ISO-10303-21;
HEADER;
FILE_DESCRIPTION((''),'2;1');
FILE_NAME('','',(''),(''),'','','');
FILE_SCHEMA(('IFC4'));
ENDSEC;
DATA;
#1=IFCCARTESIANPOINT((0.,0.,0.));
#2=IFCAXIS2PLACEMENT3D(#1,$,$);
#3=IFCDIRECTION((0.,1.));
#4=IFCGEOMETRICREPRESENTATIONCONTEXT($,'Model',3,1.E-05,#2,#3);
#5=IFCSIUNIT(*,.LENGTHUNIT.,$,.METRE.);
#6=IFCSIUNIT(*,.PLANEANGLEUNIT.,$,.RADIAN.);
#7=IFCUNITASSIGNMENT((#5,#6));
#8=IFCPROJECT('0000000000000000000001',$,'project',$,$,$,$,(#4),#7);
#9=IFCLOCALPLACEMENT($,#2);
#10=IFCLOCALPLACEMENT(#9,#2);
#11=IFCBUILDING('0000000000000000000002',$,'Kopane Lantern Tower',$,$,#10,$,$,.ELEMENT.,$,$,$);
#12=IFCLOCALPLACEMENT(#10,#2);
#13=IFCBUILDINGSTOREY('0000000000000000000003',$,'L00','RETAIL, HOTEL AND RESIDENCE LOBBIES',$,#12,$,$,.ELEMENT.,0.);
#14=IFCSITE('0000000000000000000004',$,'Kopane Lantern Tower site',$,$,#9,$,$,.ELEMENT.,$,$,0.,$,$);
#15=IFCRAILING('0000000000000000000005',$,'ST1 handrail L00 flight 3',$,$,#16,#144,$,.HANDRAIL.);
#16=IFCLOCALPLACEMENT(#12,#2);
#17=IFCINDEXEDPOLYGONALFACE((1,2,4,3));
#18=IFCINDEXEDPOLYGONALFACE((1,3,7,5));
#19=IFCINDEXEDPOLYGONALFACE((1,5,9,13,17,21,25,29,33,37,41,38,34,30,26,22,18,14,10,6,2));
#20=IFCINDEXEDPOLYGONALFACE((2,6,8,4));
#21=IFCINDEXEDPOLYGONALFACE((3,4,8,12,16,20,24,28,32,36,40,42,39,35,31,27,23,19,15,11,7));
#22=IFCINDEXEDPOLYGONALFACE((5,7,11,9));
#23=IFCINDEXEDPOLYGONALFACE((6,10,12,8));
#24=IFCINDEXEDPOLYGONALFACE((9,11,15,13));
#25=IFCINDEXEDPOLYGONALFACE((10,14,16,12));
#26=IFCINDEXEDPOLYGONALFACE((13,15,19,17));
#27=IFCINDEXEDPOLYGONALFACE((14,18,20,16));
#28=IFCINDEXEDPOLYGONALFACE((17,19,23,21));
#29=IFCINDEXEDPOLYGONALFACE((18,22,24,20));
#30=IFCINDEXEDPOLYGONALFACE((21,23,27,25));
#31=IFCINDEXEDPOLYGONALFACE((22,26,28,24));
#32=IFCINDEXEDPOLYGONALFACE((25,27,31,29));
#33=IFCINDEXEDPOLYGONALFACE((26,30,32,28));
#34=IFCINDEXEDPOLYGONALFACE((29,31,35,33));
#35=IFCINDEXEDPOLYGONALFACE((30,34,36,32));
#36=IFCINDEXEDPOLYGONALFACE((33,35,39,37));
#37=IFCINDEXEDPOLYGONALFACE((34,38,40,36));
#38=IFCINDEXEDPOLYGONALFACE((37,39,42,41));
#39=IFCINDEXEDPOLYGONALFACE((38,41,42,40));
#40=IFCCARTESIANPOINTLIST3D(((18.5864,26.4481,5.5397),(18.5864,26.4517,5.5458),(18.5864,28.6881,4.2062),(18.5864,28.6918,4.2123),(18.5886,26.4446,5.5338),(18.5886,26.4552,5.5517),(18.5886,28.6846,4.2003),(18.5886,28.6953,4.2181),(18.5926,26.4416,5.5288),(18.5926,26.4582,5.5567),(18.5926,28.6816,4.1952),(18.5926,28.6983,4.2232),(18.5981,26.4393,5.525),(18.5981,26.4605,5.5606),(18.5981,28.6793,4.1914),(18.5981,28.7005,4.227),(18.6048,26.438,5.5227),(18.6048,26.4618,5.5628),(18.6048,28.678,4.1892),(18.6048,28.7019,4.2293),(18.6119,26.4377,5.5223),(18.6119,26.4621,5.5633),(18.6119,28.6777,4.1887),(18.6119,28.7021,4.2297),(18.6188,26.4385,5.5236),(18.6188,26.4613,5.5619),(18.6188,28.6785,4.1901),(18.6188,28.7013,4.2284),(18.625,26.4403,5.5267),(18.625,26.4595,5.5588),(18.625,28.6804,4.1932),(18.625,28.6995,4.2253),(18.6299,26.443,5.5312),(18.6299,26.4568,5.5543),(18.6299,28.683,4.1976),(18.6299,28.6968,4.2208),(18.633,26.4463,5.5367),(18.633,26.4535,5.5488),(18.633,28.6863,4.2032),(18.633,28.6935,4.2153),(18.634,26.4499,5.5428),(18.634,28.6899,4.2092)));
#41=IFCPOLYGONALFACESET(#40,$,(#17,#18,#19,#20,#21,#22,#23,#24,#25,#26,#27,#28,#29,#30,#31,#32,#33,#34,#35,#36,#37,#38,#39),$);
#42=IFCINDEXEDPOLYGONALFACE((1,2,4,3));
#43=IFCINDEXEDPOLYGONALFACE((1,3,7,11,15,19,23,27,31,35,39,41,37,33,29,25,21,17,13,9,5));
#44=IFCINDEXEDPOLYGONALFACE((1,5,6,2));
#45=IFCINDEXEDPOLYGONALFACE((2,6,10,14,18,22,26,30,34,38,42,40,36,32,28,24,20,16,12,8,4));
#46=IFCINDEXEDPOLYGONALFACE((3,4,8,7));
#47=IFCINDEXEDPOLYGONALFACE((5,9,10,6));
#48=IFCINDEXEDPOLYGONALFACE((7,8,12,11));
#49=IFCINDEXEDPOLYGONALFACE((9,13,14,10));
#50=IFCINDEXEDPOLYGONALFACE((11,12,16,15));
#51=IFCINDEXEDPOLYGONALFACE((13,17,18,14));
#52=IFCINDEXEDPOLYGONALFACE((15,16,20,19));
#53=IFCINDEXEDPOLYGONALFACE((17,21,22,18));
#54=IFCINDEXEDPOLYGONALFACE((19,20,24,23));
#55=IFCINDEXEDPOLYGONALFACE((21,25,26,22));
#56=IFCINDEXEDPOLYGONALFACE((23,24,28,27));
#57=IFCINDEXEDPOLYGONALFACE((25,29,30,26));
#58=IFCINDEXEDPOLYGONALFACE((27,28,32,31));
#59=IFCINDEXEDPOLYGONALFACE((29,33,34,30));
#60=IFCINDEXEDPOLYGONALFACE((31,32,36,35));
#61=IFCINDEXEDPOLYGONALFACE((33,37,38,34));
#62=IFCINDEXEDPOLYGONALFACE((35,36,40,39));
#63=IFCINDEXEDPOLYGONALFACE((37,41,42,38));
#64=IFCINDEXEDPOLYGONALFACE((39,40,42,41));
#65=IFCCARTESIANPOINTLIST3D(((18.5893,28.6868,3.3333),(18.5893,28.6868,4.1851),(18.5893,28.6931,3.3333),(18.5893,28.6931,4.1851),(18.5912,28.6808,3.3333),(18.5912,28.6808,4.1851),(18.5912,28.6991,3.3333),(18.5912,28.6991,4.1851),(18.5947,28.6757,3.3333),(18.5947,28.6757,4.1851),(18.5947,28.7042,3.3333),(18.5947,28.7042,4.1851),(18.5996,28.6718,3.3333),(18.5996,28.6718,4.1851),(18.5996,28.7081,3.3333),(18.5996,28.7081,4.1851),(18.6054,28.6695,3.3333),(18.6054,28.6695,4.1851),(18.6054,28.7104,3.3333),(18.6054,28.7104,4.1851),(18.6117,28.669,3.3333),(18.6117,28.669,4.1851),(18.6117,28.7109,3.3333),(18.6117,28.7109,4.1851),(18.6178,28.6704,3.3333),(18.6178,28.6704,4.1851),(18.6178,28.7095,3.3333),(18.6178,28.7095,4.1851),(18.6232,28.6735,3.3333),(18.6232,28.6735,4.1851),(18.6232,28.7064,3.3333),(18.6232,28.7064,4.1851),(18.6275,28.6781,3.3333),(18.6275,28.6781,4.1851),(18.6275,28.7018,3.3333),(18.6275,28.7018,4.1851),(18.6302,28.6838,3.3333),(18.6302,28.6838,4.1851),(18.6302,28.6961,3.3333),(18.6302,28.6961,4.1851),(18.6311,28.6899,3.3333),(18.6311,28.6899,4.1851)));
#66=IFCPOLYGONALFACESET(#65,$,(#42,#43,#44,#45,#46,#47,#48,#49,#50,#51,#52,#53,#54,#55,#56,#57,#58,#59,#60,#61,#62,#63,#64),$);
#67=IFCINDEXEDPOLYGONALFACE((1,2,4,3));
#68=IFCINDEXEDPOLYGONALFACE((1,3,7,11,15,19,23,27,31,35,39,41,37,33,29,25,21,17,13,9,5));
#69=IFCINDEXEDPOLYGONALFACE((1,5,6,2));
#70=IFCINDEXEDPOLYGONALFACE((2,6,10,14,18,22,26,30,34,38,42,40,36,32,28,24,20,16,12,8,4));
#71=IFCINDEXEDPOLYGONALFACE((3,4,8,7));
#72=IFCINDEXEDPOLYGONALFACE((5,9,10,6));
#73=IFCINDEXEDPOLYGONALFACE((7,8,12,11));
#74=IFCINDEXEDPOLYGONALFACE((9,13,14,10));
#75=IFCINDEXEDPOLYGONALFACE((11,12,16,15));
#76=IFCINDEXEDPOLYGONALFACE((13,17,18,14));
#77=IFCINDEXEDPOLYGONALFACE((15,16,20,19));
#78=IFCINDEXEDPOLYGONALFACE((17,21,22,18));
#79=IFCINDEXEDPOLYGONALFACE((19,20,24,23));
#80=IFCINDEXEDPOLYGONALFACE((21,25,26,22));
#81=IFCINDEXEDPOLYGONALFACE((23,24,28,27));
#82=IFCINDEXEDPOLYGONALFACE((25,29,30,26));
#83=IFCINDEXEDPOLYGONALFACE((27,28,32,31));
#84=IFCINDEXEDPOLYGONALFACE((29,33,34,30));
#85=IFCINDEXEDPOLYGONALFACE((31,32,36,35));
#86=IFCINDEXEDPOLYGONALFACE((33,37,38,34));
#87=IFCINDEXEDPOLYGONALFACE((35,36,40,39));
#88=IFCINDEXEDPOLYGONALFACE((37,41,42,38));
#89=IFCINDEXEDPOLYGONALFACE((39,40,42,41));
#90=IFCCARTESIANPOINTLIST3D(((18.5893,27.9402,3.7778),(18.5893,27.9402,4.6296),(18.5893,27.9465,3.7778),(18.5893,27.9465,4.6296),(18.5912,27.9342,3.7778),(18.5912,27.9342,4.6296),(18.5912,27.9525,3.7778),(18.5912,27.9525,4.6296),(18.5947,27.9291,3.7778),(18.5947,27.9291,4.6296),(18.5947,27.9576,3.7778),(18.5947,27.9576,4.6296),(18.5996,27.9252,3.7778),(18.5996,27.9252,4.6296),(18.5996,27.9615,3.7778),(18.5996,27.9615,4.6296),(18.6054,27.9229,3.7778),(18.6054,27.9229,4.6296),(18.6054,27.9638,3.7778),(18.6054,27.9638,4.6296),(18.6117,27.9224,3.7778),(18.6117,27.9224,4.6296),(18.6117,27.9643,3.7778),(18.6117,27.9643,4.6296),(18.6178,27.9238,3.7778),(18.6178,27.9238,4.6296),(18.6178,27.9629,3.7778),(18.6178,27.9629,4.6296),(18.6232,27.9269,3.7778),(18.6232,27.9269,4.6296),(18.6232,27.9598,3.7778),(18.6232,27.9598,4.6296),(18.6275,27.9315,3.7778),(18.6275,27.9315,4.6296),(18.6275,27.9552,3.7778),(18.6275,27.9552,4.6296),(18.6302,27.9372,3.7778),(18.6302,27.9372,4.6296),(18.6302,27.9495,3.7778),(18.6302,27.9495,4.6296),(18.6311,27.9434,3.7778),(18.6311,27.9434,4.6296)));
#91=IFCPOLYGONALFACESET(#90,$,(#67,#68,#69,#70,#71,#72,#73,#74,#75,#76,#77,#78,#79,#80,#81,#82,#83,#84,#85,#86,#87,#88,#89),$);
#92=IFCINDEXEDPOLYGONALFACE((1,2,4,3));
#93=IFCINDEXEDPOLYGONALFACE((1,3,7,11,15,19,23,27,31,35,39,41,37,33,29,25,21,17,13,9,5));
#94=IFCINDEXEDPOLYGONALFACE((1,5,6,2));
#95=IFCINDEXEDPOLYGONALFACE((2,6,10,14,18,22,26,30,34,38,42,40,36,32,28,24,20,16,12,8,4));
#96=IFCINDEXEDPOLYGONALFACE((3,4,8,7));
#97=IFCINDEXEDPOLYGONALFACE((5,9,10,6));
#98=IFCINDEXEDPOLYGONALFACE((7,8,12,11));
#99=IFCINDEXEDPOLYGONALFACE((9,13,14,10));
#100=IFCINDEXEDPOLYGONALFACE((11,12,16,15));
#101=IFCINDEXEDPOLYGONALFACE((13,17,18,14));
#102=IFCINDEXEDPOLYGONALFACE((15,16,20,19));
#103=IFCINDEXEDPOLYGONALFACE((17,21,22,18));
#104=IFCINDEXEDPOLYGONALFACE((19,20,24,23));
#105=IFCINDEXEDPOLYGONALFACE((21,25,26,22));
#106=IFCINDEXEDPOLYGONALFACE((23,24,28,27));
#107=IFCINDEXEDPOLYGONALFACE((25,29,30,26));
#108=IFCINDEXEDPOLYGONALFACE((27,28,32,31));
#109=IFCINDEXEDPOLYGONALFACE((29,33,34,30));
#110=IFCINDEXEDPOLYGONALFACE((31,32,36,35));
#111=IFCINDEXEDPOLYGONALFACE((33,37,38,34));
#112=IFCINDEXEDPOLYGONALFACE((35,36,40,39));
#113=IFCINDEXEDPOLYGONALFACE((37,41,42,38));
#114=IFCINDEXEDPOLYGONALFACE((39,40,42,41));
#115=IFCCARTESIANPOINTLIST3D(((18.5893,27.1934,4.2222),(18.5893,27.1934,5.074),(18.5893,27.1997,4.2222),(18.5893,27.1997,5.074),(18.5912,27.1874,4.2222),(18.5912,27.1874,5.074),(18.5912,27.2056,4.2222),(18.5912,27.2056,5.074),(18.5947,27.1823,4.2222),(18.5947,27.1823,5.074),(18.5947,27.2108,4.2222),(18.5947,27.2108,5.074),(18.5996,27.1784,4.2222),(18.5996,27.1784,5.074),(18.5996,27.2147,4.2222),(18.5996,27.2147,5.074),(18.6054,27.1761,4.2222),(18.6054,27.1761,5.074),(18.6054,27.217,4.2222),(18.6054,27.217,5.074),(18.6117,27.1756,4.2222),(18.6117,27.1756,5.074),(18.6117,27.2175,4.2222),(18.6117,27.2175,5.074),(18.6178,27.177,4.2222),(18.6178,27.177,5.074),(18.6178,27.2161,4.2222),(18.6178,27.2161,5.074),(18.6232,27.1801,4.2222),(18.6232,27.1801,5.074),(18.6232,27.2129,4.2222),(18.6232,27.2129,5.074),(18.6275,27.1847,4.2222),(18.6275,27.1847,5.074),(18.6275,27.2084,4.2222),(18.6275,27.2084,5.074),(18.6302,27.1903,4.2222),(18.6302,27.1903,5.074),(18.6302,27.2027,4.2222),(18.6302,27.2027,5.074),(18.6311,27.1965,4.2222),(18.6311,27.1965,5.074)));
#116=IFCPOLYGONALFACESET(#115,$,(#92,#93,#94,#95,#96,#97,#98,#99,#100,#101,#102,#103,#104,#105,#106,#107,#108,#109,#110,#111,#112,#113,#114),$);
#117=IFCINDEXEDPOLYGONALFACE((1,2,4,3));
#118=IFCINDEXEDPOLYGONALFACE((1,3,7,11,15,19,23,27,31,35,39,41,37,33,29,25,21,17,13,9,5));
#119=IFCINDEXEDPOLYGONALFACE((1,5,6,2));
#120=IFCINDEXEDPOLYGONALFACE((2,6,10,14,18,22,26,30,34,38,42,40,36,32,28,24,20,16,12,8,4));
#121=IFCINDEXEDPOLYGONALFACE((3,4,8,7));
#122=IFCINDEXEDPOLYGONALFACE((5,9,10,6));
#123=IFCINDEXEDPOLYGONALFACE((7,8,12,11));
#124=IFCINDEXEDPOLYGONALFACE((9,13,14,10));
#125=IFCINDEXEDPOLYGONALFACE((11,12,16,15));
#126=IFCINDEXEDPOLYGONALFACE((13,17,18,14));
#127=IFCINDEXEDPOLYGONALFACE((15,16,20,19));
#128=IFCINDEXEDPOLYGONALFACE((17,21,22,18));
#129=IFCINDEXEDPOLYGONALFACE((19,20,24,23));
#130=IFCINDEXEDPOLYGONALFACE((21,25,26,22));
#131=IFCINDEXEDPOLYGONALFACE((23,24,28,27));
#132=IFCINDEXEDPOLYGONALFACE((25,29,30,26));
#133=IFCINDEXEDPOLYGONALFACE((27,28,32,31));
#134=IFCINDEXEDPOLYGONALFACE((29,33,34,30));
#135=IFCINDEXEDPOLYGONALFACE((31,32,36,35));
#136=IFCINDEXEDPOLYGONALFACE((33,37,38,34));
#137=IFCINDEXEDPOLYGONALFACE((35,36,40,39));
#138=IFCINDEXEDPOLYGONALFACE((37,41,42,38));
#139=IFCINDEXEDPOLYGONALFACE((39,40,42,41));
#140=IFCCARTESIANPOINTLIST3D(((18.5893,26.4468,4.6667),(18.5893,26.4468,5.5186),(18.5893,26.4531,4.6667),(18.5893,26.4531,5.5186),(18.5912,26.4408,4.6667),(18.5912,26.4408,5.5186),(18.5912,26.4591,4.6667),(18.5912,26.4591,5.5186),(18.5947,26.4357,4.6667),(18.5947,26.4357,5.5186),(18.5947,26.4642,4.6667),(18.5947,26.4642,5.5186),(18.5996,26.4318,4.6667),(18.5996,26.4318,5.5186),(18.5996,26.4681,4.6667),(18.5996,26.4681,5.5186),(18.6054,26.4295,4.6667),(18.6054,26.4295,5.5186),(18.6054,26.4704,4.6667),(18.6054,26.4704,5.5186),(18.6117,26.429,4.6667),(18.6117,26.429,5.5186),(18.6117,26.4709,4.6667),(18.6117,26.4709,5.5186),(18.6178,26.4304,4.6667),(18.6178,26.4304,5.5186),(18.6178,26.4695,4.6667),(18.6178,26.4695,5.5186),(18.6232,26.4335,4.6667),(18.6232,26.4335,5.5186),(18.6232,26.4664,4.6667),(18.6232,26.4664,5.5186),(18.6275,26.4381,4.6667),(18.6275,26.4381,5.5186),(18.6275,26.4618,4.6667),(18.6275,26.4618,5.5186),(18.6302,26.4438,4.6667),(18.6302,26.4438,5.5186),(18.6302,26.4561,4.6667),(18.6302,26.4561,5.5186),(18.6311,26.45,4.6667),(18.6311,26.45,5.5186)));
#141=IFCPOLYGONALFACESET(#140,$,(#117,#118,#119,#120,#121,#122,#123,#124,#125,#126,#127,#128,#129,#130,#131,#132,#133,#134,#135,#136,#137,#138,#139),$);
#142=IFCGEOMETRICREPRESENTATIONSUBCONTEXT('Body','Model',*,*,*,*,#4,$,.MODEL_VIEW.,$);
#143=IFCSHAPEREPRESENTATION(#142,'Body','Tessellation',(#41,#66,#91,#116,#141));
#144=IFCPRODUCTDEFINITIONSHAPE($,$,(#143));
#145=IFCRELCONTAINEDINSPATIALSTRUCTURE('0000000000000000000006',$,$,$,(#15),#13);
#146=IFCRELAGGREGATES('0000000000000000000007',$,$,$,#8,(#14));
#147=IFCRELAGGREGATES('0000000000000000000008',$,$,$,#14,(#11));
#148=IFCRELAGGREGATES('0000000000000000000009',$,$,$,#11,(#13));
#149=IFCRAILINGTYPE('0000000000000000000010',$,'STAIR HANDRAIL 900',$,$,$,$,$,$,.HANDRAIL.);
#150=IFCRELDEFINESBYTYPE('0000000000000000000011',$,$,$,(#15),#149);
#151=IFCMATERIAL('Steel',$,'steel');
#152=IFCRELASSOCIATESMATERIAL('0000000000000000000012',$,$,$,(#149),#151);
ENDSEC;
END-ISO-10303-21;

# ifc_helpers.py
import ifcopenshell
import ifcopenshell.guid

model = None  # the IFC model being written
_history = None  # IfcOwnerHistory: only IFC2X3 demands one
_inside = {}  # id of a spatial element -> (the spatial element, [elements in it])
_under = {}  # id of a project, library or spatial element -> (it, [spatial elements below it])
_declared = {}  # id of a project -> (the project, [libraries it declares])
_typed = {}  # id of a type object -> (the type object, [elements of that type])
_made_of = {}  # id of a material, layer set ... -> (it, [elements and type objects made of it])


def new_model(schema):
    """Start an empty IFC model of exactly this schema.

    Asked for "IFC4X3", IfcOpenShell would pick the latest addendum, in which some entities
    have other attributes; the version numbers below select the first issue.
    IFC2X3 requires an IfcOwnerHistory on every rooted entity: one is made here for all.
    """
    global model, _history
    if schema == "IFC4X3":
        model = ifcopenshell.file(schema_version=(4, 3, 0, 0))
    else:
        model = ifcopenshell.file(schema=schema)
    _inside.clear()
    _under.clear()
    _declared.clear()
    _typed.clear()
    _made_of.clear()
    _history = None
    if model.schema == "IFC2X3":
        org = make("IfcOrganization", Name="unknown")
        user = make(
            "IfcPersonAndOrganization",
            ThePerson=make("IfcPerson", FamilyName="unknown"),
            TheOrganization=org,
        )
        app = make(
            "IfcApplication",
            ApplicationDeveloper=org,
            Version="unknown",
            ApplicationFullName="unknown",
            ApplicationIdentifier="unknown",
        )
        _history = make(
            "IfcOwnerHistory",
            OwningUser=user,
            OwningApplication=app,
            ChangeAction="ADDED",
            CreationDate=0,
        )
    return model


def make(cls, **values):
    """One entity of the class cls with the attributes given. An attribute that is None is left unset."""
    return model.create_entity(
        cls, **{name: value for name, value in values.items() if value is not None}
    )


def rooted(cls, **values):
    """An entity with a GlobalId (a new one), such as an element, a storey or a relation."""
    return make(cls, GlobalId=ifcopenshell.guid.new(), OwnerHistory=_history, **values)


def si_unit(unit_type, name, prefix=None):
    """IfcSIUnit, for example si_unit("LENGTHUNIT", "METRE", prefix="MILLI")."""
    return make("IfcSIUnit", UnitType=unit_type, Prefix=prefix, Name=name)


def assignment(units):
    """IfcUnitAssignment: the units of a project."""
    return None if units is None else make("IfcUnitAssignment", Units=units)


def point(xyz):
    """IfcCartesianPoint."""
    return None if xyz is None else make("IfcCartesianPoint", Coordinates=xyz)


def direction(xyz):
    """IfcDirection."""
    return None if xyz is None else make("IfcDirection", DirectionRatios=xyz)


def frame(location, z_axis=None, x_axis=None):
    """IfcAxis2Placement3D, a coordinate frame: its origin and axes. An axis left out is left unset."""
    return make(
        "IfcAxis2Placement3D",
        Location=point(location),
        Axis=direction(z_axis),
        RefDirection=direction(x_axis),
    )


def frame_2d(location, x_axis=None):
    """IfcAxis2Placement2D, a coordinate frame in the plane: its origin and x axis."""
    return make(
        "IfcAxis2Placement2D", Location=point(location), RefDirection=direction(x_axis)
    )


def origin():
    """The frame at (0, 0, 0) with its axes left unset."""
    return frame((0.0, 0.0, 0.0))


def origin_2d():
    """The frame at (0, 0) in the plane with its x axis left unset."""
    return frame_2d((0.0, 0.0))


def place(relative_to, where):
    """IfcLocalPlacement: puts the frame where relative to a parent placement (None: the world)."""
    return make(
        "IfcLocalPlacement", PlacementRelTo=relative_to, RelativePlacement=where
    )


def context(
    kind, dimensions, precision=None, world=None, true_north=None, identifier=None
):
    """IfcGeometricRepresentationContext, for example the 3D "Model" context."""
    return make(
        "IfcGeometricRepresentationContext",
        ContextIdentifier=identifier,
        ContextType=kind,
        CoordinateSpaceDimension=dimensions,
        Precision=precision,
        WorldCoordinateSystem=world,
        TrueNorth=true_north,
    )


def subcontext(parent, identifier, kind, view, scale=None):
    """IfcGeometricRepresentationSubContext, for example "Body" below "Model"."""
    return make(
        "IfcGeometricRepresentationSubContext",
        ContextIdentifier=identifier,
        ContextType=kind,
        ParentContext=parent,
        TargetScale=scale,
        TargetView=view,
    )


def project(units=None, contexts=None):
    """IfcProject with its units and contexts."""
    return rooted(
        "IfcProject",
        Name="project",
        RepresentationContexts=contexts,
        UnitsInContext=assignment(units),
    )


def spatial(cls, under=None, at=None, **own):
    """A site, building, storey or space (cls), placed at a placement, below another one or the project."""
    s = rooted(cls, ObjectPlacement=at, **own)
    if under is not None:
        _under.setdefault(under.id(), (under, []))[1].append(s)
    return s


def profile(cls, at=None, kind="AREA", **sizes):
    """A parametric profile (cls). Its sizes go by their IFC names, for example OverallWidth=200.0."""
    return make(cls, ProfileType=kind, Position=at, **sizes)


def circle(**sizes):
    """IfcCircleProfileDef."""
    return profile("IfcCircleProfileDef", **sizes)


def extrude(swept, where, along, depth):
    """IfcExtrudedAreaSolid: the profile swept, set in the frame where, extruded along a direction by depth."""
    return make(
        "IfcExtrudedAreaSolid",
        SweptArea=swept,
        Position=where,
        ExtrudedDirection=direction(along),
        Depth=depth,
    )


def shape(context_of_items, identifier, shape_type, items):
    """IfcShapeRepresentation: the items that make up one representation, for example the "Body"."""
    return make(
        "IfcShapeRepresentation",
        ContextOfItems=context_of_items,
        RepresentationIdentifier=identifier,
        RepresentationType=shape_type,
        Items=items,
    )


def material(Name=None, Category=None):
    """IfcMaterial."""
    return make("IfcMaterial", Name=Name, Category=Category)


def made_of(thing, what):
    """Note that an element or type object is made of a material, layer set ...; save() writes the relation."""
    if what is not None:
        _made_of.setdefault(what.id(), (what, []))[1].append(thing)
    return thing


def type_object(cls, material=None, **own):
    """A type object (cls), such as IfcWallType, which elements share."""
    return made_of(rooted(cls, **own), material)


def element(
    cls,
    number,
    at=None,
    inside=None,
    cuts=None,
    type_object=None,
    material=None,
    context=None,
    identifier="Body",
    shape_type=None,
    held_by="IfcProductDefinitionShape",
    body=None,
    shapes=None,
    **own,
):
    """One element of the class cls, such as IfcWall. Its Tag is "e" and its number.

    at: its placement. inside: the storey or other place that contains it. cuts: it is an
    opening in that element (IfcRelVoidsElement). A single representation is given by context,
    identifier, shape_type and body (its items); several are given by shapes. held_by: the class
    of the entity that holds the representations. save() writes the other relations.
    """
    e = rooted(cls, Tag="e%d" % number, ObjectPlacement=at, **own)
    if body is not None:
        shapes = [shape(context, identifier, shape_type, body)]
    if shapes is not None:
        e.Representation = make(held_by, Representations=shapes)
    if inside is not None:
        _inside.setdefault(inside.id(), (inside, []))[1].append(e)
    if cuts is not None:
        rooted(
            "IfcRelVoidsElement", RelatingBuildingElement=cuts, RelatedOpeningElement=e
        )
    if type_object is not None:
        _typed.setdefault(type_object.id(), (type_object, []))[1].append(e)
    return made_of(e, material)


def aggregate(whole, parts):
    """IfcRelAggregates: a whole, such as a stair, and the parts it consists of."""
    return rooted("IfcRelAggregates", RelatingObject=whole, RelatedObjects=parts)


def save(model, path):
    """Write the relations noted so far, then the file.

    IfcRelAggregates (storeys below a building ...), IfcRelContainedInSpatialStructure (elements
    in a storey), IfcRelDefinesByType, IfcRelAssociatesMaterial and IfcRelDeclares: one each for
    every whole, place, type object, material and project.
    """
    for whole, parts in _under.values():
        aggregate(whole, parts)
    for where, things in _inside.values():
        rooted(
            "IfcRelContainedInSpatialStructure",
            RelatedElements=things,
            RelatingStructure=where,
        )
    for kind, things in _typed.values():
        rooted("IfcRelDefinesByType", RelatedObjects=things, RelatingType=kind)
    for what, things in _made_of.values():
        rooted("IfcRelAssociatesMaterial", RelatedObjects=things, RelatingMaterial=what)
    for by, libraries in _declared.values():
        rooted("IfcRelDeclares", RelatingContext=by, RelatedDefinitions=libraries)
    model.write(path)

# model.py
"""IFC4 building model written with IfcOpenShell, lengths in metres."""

from ifc_helpers import new_model, si_unit, direction, frame, origin, origin_2d, place, context, subcontext, project, spatial, circle, extrude, material, type_object, element, save


model = new_model("IFC4")

# Units and contexts
model_context = context("Model", 3, precision=1e-05, world=origin(), true_north=direction((0.0, 1.0)))
body_context = subcontext(model_context, "Body", "Model", "MODEL_VIEW")
ifc_project = project(units=[si_unit("LENGTHUNIT", "METRE"), si_unit("PLANEANGLEUNIT", "RADIAN")], contexts=[model_context])

# Site, building, storey
site_placement = place(None, origin())
site = spatial("IfcSite", under=ifc_project, at=site_placement, Name="Kopane Lantern Tower site", CompositionType="ELEMENT", RefElevation=0.0)
building_placement = place(site_placement, origin())
building = spatial("IfcBuilding", under=site, at=building_placement, Name="Kopane Lantern Tower", CompositionType="ELEMENT")
storey_placement = place(building_placement, origin())
storey = spatial("IfcBuildingStorey", under=building, at=storey_placement, Name="L00", Description="RETAIL, HOTEL AND RESIDENCE LOBBIES", CompositionType="ELEMENT", Elevation=0.0)

# Railing
ifc_material_1 = material(Name="Steel", Category="steel")
railing_type_1 = type_object("IfcRailingType", Name="STAIR HANDRAIL 900", PredefinedType="HANDRAIL", material=ifc_material_1)
for number, where, name in (
    (1, (18.6101, 28.6899, 3.3333), "ST1 handrail L00 flight 3"),
):
    element("IfcRailing", number, at=place(storey_placement, frame(where)), inside=storey, type_object=railing_type_1, Name=name, PredefinedType="HANDRAIL", context=body_context, shape_type="SweptSolid", body=[
        extrude(circle(Radius=0.0239, at=origin_2d()), frame((0.0, 0.0, 0.876), z_axis=(0.0, -0.859264, 0.511532), x_axis=(1.0, 0.0, 0.0)), (0.0, 0.0, 1.0), 2.6069),
        extrude(circle(Radius=0.021, at=origin_2d()), origin(), (0.0, 0.0, 1.0), 0.8518),
        extrude(circle(Radius=0.021, at=origin_2d()), frame((0.0, -0.7466, 0.4446)), (0.0, 0.0, 1.0), 0.8518),
        extrude(circle(Radius=0.021, at=origin_2d()), frame((0.0, -1.4934, 0.8889)), (0.0, 0.0, 1.0), 0.8518),
        extrude(circle(Radius=0.021, at=origin_2d()), frame((0.0, -2.24, 1.3335)), (0.0, 0.0, 1.0), 0.8518),
    ])

save(model, "model.ifc")
